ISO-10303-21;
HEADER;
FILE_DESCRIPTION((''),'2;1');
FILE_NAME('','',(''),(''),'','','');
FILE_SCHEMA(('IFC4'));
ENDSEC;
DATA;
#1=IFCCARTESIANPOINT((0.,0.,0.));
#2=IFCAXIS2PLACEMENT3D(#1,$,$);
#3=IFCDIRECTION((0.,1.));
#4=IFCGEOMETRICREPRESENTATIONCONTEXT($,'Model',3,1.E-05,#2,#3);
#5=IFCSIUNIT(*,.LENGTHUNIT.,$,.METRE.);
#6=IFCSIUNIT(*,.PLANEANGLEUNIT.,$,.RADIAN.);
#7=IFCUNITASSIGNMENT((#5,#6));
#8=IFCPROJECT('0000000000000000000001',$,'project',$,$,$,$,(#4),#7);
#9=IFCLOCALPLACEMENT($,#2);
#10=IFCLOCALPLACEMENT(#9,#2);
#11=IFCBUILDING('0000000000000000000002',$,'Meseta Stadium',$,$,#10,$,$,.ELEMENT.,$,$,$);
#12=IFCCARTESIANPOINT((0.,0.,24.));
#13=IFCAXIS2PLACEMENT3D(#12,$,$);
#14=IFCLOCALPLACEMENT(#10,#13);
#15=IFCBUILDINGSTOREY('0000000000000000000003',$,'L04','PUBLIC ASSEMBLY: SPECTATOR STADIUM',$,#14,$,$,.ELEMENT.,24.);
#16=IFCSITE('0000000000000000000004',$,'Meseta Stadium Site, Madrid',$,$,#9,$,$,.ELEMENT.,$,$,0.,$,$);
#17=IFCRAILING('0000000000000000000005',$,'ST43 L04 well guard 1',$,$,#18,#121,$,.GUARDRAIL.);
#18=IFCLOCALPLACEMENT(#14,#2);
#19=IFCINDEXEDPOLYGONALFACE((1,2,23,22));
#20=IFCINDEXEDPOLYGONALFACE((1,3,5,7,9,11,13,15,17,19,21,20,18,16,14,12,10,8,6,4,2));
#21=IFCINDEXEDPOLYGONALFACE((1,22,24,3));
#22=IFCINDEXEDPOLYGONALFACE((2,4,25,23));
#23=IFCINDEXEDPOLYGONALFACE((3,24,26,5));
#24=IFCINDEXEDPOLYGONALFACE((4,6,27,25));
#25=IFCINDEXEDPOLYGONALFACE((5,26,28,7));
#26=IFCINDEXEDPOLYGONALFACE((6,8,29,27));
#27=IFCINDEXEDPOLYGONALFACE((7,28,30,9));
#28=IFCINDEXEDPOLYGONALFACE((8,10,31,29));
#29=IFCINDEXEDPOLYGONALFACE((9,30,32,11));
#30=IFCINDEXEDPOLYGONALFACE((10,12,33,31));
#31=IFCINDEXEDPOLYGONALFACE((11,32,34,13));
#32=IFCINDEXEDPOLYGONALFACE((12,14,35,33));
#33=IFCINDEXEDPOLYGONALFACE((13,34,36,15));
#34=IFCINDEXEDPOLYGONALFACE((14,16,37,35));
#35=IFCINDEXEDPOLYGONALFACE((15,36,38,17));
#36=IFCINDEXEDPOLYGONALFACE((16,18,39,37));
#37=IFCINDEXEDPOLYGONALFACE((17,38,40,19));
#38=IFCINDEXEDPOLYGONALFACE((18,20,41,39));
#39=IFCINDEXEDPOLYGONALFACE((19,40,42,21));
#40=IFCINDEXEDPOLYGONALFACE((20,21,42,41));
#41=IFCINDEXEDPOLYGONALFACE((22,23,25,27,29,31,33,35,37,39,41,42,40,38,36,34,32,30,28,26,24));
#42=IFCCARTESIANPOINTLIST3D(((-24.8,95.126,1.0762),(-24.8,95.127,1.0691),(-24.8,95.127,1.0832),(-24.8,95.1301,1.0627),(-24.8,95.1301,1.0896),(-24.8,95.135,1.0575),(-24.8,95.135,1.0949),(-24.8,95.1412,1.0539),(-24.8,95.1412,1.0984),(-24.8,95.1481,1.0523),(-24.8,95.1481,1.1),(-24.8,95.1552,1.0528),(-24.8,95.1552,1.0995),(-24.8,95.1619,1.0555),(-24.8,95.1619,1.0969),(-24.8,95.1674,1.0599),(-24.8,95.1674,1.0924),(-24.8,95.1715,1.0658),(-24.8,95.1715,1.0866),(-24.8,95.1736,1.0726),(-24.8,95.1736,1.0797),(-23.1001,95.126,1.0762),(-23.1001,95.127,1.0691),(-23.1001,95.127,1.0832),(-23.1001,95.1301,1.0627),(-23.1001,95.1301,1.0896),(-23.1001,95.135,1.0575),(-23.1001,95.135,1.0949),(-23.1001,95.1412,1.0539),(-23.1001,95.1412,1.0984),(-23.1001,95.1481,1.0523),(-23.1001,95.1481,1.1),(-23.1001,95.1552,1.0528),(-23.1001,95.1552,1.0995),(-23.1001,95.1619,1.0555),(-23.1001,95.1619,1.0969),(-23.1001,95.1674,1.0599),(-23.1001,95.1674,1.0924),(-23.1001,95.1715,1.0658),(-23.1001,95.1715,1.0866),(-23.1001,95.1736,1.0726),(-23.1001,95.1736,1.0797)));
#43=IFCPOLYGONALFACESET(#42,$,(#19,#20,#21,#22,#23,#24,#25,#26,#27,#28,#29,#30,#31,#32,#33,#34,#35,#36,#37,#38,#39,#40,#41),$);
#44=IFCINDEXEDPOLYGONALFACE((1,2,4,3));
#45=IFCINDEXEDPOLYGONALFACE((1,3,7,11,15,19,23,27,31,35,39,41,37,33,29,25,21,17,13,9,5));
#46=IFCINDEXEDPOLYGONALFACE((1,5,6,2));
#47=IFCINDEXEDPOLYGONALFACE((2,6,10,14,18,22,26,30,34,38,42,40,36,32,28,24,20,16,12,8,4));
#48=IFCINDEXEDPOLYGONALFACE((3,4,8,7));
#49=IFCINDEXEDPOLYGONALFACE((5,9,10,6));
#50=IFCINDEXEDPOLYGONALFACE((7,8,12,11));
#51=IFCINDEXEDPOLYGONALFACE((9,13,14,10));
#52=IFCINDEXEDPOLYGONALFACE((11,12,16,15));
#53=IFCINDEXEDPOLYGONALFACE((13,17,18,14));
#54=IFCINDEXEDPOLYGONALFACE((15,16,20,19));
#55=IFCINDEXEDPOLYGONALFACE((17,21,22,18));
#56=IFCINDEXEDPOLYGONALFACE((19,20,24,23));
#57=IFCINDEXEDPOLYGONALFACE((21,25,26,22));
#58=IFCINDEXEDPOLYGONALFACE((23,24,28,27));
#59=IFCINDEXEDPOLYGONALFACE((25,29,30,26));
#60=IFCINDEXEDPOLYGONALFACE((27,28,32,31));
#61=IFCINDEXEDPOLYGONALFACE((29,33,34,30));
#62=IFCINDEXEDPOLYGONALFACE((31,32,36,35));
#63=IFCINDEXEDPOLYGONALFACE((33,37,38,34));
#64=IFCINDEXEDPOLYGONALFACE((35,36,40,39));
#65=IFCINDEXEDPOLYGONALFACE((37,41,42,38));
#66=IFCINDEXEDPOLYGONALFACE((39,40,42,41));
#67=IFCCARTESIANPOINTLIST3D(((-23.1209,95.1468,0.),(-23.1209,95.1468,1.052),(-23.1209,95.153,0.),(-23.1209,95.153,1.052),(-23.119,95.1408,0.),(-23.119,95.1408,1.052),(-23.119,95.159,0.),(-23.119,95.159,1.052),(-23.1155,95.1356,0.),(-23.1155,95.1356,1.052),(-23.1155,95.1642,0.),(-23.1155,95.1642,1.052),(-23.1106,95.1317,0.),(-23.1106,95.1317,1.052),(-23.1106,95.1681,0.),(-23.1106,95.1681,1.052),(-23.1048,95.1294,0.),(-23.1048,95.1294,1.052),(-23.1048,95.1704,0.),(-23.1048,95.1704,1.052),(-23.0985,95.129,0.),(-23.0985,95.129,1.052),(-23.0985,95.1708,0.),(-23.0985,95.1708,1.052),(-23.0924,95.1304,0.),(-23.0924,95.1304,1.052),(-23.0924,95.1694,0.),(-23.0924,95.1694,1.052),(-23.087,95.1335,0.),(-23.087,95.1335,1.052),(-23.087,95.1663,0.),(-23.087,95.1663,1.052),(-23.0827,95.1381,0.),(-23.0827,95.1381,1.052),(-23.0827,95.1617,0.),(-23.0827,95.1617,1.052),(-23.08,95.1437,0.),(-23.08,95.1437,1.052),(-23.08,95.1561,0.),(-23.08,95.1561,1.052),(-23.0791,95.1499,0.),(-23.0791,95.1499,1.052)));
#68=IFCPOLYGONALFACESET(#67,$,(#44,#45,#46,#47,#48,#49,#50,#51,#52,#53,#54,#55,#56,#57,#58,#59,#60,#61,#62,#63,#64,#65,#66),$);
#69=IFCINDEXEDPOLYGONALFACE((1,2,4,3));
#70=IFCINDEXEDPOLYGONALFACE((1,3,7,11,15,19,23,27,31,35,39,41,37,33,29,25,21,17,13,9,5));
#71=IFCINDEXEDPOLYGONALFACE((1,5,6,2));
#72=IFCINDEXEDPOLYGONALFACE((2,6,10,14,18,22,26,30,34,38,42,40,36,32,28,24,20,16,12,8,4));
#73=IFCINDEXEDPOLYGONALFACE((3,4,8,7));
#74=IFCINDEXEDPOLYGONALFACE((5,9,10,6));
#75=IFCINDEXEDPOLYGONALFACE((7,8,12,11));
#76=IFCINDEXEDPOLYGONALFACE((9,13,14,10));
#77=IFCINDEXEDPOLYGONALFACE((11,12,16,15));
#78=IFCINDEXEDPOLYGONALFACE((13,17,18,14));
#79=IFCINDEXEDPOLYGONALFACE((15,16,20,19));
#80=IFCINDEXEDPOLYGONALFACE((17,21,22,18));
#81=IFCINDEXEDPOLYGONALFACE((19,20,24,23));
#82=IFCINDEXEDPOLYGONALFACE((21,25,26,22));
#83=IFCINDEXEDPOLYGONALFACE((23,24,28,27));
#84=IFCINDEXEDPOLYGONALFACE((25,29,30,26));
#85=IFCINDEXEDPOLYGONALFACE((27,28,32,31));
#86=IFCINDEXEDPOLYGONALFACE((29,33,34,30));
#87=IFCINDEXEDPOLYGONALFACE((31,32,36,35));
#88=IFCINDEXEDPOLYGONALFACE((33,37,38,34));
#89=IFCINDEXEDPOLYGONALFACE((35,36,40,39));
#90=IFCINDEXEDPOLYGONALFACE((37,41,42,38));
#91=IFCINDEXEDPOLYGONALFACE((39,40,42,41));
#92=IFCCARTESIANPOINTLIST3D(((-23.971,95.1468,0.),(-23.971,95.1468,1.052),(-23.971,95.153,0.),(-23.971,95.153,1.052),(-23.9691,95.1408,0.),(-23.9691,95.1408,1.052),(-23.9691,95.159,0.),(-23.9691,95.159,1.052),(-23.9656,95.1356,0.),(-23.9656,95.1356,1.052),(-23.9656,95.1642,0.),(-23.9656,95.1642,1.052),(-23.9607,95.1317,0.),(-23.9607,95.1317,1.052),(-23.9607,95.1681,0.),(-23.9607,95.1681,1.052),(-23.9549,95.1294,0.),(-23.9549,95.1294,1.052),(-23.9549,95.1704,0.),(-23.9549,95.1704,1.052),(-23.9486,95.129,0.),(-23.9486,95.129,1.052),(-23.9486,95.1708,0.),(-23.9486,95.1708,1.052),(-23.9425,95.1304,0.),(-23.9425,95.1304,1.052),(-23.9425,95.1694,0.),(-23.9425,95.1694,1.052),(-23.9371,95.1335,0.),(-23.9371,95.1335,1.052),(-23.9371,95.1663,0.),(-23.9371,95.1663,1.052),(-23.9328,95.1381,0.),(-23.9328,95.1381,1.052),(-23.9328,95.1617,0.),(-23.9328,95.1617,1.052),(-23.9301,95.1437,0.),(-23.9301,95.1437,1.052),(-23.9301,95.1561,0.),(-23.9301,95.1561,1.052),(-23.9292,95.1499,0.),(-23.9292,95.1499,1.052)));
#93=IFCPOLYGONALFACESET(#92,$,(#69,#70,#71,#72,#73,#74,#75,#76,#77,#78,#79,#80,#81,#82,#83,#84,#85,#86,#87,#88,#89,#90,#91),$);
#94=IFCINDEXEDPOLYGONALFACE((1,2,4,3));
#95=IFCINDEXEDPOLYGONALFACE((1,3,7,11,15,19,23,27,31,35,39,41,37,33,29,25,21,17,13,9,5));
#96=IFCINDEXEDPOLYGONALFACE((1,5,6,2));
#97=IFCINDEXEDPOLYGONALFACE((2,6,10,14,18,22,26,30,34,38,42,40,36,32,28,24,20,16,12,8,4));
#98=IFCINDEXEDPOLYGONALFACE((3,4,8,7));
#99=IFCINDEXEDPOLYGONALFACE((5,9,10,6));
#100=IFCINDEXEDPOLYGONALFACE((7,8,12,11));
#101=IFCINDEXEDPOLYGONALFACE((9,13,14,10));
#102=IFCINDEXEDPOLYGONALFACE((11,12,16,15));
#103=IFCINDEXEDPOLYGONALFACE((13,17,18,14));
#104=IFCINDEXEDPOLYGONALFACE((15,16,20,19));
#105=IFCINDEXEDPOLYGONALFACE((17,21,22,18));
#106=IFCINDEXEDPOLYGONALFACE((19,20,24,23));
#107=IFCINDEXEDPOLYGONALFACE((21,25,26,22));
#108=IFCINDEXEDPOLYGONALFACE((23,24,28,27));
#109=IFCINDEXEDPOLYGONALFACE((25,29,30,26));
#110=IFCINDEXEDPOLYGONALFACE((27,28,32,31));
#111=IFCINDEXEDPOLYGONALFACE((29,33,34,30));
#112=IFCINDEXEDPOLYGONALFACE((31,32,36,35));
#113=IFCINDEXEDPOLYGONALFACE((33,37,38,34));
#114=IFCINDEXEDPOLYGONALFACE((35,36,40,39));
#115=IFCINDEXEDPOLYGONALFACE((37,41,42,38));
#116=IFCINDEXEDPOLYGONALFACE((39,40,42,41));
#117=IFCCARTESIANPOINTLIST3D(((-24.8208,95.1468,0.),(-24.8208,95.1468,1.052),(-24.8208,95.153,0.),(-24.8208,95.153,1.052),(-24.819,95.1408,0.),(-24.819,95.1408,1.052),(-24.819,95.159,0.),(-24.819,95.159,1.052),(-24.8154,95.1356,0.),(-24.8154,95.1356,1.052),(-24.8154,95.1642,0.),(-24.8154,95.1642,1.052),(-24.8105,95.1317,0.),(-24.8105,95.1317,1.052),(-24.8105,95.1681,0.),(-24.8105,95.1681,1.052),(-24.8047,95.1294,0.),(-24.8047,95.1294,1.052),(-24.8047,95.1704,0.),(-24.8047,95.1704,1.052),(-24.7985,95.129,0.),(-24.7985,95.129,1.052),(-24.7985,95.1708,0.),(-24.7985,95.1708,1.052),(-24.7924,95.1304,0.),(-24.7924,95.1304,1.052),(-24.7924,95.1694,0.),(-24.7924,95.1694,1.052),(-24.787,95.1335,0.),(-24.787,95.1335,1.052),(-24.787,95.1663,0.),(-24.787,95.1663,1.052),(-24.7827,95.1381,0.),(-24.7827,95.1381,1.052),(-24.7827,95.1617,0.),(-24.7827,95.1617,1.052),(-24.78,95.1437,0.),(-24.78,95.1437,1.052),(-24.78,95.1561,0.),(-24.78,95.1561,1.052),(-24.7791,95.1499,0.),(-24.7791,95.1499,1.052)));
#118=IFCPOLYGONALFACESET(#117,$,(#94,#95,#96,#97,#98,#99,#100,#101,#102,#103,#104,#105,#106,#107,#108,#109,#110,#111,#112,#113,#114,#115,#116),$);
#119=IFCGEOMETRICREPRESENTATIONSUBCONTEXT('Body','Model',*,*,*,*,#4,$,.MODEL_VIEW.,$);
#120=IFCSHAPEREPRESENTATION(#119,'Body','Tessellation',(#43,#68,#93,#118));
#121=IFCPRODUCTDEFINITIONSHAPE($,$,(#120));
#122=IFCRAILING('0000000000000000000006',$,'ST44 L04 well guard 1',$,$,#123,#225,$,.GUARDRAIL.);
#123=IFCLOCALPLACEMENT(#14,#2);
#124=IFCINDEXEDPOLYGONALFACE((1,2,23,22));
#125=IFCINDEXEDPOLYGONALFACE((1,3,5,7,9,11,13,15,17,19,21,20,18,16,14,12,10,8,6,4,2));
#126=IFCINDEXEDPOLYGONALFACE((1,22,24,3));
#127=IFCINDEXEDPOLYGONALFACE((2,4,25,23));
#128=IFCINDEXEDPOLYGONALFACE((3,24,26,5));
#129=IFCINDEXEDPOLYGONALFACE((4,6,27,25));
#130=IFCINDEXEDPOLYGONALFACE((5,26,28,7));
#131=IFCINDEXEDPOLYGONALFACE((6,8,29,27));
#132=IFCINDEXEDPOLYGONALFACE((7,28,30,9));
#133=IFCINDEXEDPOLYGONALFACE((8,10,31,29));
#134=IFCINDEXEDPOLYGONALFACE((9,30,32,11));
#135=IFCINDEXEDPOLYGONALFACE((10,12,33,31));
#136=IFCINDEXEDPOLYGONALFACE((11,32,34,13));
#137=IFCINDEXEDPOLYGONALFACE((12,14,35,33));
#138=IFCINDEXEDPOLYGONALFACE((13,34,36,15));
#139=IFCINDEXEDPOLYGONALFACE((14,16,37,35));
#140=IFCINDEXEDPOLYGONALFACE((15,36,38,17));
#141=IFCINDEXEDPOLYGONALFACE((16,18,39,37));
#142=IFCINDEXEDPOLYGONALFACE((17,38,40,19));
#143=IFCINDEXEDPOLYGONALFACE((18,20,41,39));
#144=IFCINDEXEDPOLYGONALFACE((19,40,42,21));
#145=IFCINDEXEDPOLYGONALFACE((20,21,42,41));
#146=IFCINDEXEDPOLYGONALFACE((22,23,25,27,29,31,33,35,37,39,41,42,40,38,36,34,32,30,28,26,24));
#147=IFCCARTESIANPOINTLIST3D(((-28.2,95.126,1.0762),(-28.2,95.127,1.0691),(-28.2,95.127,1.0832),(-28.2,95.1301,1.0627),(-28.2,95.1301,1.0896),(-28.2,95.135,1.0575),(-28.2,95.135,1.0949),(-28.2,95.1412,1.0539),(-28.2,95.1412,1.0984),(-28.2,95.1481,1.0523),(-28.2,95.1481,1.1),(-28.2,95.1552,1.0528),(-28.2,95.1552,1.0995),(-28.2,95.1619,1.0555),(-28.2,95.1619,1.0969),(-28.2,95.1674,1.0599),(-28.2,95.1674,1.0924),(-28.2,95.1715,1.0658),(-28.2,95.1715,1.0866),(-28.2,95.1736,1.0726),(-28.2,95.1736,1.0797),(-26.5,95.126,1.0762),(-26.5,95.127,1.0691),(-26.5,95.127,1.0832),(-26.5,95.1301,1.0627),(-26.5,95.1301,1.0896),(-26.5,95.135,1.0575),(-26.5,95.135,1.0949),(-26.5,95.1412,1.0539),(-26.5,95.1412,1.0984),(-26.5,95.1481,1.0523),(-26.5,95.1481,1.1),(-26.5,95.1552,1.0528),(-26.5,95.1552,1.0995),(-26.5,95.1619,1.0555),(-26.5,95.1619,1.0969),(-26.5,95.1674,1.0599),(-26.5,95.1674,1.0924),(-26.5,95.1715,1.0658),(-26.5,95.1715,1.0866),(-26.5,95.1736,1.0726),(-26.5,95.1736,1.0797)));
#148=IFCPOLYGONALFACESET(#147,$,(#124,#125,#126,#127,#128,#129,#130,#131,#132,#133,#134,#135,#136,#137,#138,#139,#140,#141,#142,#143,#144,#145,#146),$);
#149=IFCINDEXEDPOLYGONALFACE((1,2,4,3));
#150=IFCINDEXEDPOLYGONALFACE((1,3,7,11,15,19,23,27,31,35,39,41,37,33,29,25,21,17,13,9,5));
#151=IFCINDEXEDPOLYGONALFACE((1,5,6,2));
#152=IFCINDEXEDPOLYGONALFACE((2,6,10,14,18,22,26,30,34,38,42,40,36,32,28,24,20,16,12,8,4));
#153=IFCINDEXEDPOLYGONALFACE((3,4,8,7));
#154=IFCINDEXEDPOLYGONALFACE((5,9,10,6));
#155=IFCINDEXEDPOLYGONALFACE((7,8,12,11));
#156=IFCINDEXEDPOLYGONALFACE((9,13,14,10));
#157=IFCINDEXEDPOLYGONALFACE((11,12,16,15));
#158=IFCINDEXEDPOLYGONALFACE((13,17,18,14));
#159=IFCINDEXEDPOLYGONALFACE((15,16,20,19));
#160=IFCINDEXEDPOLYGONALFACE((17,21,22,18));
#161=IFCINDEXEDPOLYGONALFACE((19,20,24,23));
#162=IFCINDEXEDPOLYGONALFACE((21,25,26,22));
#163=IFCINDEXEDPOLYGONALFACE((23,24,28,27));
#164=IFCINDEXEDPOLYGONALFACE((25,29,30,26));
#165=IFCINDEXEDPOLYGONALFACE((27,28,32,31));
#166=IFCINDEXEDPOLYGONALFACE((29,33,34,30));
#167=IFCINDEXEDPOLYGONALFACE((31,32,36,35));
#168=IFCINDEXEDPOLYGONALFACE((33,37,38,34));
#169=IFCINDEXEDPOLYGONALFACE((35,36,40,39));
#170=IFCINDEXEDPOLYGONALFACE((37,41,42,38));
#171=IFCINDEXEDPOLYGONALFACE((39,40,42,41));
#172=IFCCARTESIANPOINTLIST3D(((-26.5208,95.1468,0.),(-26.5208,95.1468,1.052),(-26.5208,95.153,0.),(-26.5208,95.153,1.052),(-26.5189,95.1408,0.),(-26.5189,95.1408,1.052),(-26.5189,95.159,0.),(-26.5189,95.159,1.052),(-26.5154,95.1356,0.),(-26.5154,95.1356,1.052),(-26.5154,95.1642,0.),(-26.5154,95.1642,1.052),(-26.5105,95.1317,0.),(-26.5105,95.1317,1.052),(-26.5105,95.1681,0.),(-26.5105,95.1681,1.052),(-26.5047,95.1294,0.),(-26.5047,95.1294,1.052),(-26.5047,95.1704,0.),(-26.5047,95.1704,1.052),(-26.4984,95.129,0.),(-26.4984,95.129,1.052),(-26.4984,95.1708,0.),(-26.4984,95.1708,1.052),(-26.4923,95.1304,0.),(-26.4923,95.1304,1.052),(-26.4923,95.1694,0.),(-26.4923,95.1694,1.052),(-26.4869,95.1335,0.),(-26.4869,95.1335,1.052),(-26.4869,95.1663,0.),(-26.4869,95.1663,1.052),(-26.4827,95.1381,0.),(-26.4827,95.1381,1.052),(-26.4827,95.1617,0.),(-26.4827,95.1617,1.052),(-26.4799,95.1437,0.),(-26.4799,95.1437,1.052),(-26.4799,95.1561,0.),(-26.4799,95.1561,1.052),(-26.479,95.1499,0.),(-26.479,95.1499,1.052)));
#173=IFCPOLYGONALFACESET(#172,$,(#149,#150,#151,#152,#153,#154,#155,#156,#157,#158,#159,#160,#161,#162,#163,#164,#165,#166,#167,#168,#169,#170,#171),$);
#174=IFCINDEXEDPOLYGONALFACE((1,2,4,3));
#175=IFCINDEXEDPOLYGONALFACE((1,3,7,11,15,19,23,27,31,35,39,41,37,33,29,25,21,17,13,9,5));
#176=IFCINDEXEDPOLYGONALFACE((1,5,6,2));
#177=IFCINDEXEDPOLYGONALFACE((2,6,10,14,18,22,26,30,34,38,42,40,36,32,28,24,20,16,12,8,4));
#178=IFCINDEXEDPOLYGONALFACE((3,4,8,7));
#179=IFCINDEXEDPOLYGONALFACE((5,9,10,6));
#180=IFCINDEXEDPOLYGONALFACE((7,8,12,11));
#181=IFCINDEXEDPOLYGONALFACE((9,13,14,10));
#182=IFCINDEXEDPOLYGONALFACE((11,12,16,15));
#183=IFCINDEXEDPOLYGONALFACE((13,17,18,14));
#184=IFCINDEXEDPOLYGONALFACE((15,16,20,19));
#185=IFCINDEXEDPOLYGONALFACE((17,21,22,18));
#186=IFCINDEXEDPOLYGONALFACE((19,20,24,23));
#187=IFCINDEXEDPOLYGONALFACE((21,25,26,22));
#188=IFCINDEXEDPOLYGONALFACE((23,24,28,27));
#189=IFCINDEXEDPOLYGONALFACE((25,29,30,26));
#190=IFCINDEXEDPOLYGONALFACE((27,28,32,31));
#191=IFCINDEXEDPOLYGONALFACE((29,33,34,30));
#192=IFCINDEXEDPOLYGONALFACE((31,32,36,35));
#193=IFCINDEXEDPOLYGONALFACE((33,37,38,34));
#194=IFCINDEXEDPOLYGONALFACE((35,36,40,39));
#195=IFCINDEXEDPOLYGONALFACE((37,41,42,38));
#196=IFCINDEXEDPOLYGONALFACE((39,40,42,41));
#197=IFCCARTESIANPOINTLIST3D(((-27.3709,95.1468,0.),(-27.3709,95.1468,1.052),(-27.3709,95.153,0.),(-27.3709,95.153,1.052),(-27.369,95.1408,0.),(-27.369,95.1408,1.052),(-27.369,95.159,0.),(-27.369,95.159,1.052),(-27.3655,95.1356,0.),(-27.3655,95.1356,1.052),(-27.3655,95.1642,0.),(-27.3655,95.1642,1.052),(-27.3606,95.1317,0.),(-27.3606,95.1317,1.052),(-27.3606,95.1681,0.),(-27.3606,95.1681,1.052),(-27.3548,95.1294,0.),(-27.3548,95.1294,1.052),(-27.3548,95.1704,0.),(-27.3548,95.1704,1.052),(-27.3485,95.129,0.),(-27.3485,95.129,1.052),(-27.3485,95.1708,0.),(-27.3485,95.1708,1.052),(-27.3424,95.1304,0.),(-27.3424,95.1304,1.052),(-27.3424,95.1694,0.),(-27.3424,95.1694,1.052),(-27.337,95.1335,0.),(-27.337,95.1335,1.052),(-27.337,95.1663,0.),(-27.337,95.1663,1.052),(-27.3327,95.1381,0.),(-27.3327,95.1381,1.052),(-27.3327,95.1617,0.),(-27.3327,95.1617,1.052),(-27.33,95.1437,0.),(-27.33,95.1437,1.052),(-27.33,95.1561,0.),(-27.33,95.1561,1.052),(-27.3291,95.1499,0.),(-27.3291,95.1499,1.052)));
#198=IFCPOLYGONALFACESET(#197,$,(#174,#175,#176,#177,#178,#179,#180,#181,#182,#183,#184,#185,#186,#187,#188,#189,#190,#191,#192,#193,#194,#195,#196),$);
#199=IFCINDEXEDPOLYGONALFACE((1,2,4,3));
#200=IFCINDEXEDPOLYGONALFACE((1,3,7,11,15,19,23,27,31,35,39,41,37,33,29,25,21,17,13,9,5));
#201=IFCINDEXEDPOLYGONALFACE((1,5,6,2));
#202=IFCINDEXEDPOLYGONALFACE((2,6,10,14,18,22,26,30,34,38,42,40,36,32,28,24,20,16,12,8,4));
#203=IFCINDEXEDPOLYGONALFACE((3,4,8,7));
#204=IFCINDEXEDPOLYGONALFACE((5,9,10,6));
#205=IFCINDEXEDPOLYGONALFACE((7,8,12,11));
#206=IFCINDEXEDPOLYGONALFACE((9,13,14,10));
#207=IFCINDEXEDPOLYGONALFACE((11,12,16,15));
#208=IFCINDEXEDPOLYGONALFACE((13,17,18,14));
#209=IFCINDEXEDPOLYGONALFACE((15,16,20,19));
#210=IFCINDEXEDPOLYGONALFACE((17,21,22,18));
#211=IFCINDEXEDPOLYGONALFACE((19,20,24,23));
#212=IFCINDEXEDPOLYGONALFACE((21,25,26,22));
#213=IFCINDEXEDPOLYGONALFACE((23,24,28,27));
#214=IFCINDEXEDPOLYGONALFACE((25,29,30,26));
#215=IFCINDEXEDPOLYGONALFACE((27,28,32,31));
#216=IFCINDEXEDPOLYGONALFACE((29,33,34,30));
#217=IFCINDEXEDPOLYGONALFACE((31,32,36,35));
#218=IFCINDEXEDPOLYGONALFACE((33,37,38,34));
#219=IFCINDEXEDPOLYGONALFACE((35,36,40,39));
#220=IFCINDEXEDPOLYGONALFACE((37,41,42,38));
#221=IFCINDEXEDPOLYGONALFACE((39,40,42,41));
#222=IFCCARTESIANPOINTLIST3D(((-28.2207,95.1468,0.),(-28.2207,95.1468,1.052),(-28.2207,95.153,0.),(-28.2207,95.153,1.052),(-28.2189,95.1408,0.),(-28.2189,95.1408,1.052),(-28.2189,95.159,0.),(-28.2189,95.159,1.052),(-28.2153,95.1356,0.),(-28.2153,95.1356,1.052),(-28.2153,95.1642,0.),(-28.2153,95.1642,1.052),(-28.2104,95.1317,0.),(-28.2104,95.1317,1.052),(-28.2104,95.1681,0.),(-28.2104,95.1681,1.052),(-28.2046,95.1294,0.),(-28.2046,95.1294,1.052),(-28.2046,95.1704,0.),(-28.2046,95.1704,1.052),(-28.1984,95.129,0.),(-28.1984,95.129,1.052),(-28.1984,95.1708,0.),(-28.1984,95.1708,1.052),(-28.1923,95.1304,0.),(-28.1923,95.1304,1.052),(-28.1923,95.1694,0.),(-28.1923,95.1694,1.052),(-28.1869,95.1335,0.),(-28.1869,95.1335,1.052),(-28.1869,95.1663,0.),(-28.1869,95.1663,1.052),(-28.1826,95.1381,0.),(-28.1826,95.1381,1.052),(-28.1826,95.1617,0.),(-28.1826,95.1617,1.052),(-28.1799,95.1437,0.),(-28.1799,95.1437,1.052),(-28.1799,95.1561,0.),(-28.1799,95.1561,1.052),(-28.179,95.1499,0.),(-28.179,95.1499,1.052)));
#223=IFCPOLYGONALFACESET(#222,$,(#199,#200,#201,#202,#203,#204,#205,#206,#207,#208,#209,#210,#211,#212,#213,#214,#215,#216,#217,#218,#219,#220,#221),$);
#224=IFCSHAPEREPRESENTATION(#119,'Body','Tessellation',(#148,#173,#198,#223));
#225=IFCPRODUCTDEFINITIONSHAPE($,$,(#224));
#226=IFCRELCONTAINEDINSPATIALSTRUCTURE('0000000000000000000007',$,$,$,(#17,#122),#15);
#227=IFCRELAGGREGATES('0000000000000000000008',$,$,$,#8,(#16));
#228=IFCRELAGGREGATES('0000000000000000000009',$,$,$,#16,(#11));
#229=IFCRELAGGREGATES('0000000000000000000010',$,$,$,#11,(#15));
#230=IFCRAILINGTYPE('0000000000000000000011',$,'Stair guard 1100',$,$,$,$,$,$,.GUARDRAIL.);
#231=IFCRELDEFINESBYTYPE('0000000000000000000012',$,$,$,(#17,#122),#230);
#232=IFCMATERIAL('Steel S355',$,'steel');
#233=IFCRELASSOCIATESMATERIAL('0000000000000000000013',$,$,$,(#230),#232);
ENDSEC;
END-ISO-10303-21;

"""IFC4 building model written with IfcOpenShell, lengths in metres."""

from ifc_helpers import new_model, si_unit, direction, frame, origin, origin_2d, place, context, subcontext, project, spatial, circle, extrude, material, type_object, element, save


model = new_model("IFC4")

# Units and contexts
model_context = context("Model", 3, precision=1e-05, world=origin(), true_north=direction((0.0, 1.0)))
body_context = subcontext(model_context, "Body", "Model", "MODEL_VIEW")
ifc_project = project(units=[si_unit("LENGTHUNIT", "METRE"), si_unit("PLANEANGLEUNIT", "RADIAN")], contexts=[model_context])

# Site, building, storey
site_placement = place(None, origin())
site = spatial("IfcSite", under=ifc_project, at=site_placement, Name="Meseta Stadium Site, Madrid", CompositionType="ELEMENT", RefElevation=0.0)
building_placement = place(site_placement, origin())
building = spatial("IfcBuilding", under=site, at=building_placement, Name="Meseta Stadium", CompositionType="ELEMENT")
storey_placement = place(building_placement, frame((0.0, 0.0, 24.0)))
storey = spatial("IfcBuildingStorey", under=building, at=storey_placement, Name="L04", Description="PUBLIC ASSEMBLY: SPECTATOR STADIUM", CompositionType="ELEMENT", Elevation=24.0)

# Railings
ifc_material_1 = material(Name="Steel S355", Category="steel")
railing_type_1 = type_object("IfcRailingType", Name="Stair guard 1100", PredefinedType="GUARDRAIL", material=ifc_material_1)
for number, where, name in (
    (1, (-23.1001, 95.1499, 0.0), "ST43 L04 well guard 1"),
    (2, (-26.5, 95.1499, 0.0), "ST44 L04 well guard 1"),
):
    element("IfcRailing", number, at=place(storey_placement, frame(where)), inside=storey, type_object=railing_type_1, Name=name, PredefinedType="GUARDRAIL", context=body_context, shape_type="SweptSolid", body=[
        extrude(circle(Radius=0.0239, at=origin_2d()), frame((0.0, 0.0, 1.0762), z_axis=(-1.0, 0.0, 0.0), x_axis=(0.0, -1.0, 0.0)), (0.0, 0.0, 1.0), 1.7),
        extrude(circle(Radius=0.021, at=origin_2d()), origin(), (0.0, 0.0, 1.0), 1.052),
        extrude(circle(Radius=0.021, at=origin_2d()), frame((-0.8501, 0.0, 0.0)), (0.0, 0.0, 1.0), 1.052),
        extrude(circle(Radius=0.021, at=origin_2d()), frame((-1.7, 0.0, 0.0)), (0.0, 0.0, 1.0), 1.052),
    ])

save(model, "model.ifc")
